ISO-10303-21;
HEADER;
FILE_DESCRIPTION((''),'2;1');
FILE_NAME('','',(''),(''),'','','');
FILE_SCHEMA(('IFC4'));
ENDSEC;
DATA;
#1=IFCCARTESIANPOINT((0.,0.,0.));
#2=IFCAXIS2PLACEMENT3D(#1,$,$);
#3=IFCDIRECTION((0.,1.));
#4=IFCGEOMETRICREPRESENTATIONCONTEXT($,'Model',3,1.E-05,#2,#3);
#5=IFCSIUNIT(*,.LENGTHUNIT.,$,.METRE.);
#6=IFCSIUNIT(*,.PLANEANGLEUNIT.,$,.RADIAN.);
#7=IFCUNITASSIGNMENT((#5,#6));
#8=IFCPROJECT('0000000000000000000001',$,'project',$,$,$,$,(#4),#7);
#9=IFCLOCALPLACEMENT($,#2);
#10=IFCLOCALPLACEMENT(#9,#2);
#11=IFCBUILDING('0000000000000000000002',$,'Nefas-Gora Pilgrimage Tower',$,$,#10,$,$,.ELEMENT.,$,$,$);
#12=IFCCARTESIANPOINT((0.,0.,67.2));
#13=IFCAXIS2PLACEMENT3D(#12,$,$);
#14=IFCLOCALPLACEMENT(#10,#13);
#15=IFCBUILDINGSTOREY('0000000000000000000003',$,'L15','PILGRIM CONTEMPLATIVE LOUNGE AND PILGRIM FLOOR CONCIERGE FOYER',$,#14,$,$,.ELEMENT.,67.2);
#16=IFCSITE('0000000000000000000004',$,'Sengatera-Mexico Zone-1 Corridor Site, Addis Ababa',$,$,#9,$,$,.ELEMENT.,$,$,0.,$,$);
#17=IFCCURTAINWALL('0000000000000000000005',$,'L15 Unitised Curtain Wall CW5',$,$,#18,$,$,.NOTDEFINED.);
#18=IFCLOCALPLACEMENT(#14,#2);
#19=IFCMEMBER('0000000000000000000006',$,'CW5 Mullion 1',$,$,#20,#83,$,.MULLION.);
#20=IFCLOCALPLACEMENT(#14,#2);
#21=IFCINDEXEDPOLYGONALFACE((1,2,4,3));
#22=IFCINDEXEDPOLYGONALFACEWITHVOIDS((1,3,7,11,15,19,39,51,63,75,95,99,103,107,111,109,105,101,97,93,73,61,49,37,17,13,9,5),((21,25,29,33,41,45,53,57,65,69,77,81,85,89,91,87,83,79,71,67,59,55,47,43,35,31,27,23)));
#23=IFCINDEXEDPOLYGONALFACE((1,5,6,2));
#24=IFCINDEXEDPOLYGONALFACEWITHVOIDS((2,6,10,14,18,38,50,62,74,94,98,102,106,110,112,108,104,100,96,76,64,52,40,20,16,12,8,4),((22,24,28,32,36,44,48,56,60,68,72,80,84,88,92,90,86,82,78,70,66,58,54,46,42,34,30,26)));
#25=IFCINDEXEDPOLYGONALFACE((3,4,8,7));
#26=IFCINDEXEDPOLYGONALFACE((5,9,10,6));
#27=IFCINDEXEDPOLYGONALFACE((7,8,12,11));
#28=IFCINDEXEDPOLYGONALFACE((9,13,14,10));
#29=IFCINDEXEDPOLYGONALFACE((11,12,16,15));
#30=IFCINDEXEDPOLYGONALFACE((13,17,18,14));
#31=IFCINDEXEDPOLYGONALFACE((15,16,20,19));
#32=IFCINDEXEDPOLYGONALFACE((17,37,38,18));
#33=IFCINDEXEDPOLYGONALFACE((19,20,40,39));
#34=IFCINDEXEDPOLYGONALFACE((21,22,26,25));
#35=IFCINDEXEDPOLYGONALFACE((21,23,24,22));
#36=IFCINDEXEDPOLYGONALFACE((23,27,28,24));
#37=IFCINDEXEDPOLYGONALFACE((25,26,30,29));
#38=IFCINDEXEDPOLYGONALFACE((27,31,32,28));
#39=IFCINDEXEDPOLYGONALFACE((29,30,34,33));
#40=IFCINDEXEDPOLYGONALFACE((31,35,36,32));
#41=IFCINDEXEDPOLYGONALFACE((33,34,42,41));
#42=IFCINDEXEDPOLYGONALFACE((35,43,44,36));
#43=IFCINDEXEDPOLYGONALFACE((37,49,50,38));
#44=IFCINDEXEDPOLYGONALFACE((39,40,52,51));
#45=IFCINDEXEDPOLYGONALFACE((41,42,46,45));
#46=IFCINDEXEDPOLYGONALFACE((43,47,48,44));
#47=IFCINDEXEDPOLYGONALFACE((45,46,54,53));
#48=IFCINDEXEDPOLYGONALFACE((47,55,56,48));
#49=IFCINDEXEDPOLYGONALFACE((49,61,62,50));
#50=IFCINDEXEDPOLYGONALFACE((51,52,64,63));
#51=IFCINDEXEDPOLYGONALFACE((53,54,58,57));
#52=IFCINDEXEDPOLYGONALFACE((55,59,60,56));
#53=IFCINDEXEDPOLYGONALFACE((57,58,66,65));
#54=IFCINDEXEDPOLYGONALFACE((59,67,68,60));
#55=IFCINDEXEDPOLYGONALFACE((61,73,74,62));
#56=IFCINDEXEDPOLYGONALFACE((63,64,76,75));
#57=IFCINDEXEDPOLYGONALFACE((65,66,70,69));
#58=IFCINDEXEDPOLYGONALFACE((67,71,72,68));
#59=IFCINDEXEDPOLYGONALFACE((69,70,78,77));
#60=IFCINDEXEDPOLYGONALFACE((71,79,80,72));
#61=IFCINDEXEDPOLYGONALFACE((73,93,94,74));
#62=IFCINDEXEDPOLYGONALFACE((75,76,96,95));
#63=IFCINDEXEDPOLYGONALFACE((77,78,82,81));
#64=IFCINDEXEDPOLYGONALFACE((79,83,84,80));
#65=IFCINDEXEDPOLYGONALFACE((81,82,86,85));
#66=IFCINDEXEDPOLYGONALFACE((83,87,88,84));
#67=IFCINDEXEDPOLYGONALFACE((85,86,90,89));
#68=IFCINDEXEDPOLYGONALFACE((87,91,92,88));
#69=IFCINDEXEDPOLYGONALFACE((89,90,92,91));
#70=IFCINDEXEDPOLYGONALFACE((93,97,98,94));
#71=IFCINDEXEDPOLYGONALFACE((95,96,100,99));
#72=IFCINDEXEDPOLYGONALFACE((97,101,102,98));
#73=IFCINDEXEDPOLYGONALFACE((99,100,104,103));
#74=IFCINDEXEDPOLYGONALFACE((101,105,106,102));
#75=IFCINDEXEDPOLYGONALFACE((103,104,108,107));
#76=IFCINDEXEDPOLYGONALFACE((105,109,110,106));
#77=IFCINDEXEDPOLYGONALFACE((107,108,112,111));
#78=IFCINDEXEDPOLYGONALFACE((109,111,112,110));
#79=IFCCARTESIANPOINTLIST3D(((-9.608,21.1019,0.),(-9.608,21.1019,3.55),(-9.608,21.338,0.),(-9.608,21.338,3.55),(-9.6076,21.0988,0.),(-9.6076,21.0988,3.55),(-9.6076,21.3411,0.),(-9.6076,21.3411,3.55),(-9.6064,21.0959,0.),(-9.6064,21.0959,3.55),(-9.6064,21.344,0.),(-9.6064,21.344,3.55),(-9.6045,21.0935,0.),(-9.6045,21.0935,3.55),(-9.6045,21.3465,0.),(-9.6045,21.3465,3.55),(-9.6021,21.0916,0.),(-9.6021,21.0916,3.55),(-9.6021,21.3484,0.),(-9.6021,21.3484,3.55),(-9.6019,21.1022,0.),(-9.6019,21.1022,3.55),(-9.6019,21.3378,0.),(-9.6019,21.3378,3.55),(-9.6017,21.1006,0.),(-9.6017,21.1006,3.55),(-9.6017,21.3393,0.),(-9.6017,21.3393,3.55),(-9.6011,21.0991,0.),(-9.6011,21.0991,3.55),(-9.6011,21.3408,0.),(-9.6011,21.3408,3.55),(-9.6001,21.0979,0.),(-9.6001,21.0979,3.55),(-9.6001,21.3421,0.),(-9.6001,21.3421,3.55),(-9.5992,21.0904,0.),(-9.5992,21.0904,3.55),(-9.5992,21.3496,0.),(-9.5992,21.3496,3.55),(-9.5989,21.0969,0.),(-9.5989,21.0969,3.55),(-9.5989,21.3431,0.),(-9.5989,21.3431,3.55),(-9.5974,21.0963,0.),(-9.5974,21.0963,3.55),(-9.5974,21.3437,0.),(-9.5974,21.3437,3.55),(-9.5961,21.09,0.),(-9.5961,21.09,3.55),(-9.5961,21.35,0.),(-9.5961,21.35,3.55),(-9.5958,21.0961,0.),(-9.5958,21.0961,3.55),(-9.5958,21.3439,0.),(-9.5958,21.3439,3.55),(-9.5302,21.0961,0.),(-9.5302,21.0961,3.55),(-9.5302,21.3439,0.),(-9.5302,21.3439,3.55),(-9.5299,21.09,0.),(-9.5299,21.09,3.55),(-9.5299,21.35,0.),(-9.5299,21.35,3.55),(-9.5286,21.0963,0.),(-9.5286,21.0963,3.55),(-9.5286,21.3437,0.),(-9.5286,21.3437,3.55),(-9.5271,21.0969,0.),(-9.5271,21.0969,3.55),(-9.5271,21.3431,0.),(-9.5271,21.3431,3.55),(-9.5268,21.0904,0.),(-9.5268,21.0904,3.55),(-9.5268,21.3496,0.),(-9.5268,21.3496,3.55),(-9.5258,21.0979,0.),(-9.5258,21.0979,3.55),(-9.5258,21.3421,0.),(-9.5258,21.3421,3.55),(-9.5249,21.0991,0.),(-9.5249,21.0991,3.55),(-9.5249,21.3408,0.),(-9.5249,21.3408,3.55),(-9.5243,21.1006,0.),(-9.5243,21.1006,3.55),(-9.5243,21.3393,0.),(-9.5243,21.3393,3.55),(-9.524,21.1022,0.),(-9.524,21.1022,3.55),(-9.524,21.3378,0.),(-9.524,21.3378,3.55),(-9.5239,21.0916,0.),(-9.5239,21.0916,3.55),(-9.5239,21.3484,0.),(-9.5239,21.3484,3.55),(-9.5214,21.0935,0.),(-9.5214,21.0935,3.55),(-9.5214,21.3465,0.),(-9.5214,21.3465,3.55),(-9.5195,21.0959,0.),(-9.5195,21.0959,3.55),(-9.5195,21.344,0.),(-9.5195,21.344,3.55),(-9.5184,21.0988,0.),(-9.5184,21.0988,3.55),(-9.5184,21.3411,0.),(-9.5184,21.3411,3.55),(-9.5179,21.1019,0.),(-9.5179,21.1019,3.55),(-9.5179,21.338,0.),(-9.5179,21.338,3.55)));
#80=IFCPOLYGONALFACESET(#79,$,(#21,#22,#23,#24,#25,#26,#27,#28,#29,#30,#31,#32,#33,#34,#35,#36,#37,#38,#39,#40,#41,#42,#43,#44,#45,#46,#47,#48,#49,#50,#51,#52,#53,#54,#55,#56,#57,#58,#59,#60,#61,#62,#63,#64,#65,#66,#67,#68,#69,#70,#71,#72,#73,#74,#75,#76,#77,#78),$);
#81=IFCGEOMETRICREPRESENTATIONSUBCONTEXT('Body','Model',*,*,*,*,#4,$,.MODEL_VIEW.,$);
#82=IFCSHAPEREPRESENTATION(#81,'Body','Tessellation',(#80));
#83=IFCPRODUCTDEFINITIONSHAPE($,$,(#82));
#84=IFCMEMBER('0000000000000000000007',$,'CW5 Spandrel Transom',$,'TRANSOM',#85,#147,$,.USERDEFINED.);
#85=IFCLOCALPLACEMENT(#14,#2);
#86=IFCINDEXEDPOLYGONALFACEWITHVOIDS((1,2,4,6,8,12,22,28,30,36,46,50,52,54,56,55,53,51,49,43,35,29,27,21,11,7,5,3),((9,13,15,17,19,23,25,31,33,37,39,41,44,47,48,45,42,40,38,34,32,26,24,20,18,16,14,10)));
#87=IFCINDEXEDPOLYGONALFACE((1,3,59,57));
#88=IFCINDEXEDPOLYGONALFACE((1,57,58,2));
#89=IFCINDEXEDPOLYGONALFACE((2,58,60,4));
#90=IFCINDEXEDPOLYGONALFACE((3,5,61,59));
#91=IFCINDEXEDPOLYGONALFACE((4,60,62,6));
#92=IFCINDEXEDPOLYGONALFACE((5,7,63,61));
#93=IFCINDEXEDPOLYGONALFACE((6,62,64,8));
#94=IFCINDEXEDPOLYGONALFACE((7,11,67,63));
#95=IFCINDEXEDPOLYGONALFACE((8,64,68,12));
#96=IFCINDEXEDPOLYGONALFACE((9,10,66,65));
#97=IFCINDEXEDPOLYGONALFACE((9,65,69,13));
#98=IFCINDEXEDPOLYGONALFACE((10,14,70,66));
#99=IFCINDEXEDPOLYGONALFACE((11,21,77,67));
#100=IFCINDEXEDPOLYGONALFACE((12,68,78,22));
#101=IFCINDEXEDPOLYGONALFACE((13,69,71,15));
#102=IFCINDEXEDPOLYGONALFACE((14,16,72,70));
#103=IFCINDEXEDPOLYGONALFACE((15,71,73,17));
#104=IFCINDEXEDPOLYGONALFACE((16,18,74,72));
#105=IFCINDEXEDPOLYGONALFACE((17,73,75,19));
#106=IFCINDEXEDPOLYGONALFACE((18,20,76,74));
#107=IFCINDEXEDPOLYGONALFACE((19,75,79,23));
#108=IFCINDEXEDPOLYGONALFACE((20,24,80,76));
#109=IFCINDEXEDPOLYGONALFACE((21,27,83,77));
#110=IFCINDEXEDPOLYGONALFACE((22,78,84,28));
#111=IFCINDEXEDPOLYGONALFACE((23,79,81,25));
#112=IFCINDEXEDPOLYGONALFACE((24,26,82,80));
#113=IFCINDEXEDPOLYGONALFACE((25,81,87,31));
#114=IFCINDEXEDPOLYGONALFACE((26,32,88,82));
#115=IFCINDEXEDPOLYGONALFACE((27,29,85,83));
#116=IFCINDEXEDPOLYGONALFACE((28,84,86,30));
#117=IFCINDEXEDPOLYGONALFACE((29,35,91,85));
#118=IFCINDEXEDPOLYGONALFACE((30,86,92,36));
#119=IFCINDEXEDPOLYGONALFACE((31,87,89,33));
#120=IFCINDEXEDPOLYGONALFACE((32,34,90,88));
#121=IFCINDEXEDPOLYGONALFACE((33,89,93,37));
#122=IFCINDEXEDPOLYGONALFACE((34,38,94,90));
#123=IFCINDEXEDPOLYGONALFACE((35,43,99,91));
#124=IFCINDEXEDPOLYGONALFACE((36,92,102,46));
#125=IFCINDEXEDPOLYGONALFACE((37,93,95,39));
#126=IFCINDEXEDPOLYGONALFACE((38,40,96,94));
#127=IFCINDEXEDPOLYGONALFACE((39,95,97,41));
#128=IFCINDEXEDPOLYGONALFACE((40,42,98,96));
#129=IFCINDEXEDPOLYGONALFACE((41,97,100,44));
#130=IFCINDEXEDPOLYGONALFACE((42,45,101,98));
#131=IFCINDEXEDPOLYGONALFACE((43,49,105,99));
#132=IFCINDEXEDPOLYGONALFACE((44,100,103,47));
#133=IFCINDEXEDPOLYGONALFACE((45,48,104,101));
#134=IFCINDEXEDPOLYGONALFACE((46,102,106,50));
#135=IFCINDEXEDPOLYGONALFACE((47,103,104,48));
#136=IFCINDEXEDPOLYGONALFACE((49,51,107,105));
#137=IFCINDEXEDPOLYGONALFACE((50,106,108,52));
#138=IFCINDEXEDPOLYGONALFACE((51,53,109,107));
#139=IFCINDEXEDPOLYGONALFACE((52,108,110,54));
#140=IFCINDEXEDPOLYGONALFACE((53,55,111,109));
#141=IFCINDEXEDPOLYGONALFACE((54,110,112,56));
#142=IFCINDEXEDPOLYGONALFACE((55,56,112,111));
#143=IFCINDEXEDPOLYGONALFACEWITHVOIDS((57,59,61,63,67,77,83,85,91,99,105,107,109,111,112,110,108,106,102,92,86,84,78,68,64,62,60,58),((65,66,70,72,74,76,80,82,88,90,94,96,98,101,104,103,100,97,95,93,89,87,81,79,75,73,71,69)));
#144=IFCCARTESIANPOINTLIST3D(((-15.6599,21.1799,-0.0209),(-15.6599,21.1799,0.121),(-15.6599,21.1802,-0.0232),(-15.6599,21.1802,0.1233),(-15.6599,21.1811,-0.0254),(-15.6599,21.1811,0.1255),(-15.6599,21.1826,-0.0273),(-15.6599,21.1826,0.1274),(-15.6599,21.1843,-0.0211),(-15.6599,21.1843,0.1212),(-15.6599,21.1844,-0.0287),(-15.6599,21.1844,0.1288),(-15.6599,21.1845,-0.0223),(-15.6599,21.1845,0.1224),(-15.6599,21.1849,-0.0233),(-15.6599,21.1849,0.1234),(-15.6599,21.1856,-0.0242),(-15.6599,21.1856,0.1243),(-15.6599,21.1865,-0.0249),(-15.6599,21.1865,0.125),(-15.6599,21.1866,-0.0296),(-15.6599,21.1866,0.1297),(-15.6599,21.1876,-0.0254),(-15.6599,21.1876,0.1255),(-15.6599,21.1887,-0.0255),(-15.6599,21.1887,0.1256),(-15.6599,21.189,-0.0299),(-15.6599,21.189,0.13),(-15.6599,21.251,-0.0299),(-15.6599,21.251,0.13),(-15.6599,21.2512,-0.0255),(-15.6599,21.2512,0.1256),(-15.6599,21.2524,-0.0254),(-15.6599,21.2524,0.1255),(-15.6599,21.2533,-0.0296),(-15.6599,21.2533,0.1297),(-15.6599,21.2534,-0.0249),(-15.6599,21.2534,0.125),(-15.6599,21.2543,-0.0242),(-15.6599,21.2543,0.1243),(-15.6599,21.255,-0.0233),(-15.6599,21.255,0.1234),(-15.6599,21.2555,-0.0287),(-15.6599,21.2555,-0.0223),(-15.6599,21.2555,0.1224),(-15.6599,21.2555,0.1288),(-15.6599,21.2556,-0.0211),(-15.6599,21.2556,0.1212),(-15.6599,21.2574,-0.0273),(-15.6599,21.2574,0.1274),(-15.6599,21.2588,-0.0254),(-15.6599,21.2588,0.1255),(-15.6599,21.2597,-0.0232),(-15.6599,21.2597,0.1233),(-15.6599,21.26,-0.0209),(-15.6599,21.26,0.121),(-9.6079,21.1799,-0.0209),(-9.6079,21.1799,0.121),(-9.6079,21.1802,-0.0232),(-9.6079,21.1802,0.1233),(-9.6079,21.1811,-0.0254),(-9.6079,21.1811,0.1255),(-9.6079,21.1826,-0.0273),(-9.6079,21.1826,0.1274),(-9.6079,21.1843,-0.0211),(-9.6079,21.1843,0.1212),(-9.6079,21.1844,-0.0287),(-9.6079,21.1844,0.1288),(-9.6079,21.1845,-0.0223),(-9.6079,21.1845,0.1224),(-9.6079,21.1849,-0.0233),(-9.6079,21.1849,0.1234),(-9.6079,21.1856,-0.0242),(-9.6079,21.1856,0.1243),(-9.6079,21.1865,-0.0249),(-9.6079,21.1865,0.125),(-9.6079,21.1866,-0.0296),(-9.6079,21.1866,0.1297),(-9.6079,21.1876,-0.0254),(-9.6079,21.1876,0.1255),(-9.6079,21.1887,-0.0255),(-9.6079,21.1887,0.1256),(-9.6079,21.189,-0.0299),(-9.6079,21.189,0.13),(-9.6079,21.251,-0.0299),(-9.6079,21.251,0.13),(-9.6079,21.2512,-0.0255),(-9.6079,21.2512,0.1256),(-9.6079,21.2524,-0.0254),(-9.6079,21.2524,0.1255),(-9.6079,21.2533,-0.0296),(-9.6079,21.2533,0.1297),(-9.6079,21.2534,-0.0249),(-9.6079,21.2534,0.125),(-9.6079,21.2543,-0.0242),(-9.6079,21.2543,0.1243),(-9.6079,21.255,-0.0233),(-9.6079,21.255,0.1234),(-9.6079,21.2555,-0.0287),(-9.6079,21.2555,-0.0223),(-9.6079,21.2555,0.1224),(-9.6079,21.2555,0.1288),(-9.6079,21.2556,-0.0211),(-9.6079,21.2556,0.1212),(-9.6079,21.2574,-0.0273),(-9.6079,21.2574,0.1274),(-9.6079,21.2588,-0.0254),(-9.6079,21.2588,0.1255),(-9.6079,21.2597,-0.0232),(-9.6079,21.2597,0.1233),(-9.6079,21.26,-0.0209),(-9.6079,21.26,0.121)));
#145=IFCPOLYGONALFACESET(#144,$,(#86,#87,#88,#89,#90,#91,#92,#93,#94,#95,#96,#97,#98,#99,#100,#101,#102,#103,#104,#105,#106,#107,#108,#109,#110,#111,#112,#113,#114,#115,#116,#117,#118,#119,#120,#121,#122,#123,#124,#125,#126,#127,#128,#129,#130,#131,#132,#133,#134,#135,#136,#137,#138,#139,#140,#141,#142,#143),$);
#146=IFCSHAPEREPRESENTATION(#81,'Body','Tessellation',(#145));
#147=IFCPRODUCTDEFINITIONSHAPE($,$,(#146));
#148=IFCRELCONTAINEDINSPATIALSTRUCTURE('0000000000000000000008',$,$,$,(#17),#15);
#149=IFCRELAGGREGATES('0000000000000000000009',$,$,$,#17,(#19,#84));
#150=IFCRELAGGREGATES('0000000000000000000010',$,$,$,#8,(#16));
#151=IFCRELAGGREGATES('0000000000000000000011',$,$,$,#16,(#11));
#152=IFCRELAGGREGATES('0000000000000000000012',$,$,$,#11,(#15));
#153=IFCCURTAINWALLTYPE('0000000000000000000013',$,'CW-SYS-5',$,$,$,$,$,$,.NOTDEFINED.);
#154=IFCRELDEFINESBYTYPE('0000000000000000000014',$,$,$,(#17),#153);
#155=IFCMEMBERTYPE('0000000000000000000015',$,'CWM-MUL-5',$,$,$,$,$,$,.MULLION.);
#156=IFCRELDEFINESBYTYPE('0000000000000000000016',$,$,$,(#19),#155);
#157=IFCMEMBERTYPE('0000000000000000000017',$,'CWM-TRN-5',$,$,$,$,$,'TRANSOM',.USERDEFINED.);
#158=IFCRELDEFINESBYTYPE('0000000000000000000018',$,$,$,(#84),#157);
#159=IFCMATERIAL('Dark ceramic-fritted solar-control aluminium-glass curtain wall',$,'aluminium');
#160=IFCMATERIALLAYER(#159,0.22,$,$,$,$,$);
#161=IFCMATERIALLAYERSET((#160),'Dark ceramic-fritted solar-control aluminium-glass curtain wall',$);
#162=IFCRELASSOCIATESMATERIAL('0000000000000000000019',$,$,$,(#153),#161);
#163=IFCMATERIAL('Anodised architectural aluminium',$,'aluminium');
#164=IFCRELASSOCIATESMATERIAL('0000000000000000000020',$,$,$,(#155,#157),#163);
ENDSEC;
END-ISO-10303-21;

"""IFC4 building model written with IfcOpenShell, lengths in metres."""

from ifc_helpers import new_model, si_unit, direction, frame, origin, origin_2d, place, context, subcontext, project, spatial, hollow_rectangle, extrude, source, transform, mapped, material, layer, layer_set, material_profile, profile_set, type_object, element, aggregate, save


model = new_model("IFC4")

# Units and contexts
model_context = context("Model", 3, precision=1e-05, world=origin(), true_north=direction((0.0, 1.0)))
body_context = subcontext(model_context, "Body", "Model", "MODEL_VIEW")
ifc_project = project(units=[si_unit("LENGTHUNIT", "METRE"), si_unit("PLANEANGLEUNIT", "RADIAN")], contexts=[model_context])

# Site, building, storey
site_placement = place(None, origin())
site = spatial("IfcSite", under=ifc_project, at=site_placement, Name="Sengatera-Mexico Zone-1 Corridor Site, Addis Ababa", CompositionType="ELEMENT", RefElevation=0.0)
building_placement = place(site_placement, origin())
building = spatial("IfcBuilding", under=site, at=building_placement, Name="Nefas-Gora Pilgrimage Tower", CompositionType="ELEMENT")
storey_placement = place(building_placement, frame((0.0, 0.0, 67.2)))
storey = spatial("IfcBuildingStorey", under=building, at=storey_placement, Name="L15", Description="PILGRIM CONTEMPLATIVE LOUNGE AND PILGRIM FLOOR CONCIERGE FOYER", CompositionType="ELEMENT", Elevation=67.2)

# Curtain wall, members
ifc_material_1 = material(Name="Dark ceramic-fritted solar-control aluminium-glass curtain wall", Category="aluminium")
ifc_layer_1 = layer(ifc_material_1, 0.22)
ifc_layer_set_1 = layer_set([ifc_layer_1], Name="Dark ceramic-fritted solar-control aluminium-glass curtain wall")
curtain_wall_type = type_object("IfcCurtainWallType", Name="CW-SYS-5", PredefinedType="NOTDEFINED", material=ifc_layer_set_1)
ifc_material_2 = material(Name="Anodised architectural aluminium", Category="aluminium")
ifc_material_profile_1 = material_profile(ifc_material_2, hollow_rectangle(XDim=0.0901, YDim=0.26, WallThickness=0.0061, InnerFilletRadius=0.0061, OuterFilletRadius=0.012, at=origin_2d()), Name="ALU MULLION 90x260")
ifc_profile_set_1 = profile_set([ifc_material_profile_1], Name="Anodised architectural aluminium")
member_type_1 = type_object("IfcMemberType", Name="CWM-MUL-5", PredefinedType="MULLION", material=ifc_profile_set_1)
shared_shape_1 = source(origin(), body_context, "Body", "SweptSolid", [
    extrude(hollow_rectangle(XDim=0.0901, YDim=0.26, WallThickness=0.0061, InnerFilletRadius=0.0061, OuterFilletRadius=0.012, at=origin_2d()), origin(), (0.0, 0.0, 1.0), 3.55),
])
curtain_wall_1_placement = place(storey_placement, origin())
curtain_wall_1 = element("IfcCurtainWall", 1, at=curtain_wall_1_placement, inside=storey, type_object=curtain_wall_type, Name="L15 Unitised Curtain Wall CW5", PredefinedType="NOTDEFINED")
member_1_placement = place(storey_placement, frame((-9.563, 21.22, 0.0), z_axis=(0.0, 0.0, 1.0), x_axis=(-1.0, 0.0, 0.0)))
member_1 = element("IfcMember", 2, at=member_1_placement, type_object=member_type_1, Name="CW5 Mullion 1", PredefinedType="MULLION", context=body_context, shape_type="MappedRepresentation", body=[
    mapped(shared_shape_1, transform((0.0, 0.0, 0.0), x_axis=(1.0, 0.0, 0.0), y_axis=(0.0, 1.0, 0.0), z_axis=(0.0, 0.0, 1.0), scale=1.0)),
])
ifc_material_profile_2 = material_profile(ifc_material_2, hollow_rectangle(XDim=0.0801, YDim=0.1599, WallThickness=0.0044, InnerFilletRadius=0.0044, OuterFilletRadius=0.009, at=origin_2d()), Name="ALU TRANSOM 80x160")
ifc_profile_set_2 = profile_set([ifc_material_profile_2], Name="Anodised architectural aluminium")
member_type_2 = type_object("IfcMemberType", Name="CWM-TRN-5", ElementType="TRANSOM", PredefinedType="USERDEFINED", material=ifc_profile_set_2)
shared_shape_2 = source(origin(), body_context, "Body", "SweptSolid", [
    extrude(hollow_rectangle(XDim=0.0801, YDim=0.1599, WallThickness=0.0044, InnerFilletRadius=0.0044, OuterFilletRadius=0.009, at=origin_2d()), origin(), (0.0, 0.0, 1.0), 6.052),
])
member_2_placement = place(storey_placement, frame((-9.6079, 21.22, 0.05), z_axis=(-1.0, 0.0, 0.0), x_axis=(0.0, -1.0, 0.0)))
member_2 = element("IfcMember", 3, at=member_2_placement, type_object=member_type_2, Name="CW5 Spandrel Transom", ObjectType="TRANSOM", PredefinedType="USERDEFINED", context=body_context, shape_type="MappedRepresentation", body=[
    mapped(shared_shape_2, transform((0.0, 0.0, 0.0), x_axis=(1.0, 0.0, 0.0), y_axis=(0.0, 1.0, 0.0), z_axis=(0.0, 0.0, 1.0), scale=1.0)),
])
aggregate(curtain_wall_1, [member_1, member_2])

save(model, "model.ifc")
